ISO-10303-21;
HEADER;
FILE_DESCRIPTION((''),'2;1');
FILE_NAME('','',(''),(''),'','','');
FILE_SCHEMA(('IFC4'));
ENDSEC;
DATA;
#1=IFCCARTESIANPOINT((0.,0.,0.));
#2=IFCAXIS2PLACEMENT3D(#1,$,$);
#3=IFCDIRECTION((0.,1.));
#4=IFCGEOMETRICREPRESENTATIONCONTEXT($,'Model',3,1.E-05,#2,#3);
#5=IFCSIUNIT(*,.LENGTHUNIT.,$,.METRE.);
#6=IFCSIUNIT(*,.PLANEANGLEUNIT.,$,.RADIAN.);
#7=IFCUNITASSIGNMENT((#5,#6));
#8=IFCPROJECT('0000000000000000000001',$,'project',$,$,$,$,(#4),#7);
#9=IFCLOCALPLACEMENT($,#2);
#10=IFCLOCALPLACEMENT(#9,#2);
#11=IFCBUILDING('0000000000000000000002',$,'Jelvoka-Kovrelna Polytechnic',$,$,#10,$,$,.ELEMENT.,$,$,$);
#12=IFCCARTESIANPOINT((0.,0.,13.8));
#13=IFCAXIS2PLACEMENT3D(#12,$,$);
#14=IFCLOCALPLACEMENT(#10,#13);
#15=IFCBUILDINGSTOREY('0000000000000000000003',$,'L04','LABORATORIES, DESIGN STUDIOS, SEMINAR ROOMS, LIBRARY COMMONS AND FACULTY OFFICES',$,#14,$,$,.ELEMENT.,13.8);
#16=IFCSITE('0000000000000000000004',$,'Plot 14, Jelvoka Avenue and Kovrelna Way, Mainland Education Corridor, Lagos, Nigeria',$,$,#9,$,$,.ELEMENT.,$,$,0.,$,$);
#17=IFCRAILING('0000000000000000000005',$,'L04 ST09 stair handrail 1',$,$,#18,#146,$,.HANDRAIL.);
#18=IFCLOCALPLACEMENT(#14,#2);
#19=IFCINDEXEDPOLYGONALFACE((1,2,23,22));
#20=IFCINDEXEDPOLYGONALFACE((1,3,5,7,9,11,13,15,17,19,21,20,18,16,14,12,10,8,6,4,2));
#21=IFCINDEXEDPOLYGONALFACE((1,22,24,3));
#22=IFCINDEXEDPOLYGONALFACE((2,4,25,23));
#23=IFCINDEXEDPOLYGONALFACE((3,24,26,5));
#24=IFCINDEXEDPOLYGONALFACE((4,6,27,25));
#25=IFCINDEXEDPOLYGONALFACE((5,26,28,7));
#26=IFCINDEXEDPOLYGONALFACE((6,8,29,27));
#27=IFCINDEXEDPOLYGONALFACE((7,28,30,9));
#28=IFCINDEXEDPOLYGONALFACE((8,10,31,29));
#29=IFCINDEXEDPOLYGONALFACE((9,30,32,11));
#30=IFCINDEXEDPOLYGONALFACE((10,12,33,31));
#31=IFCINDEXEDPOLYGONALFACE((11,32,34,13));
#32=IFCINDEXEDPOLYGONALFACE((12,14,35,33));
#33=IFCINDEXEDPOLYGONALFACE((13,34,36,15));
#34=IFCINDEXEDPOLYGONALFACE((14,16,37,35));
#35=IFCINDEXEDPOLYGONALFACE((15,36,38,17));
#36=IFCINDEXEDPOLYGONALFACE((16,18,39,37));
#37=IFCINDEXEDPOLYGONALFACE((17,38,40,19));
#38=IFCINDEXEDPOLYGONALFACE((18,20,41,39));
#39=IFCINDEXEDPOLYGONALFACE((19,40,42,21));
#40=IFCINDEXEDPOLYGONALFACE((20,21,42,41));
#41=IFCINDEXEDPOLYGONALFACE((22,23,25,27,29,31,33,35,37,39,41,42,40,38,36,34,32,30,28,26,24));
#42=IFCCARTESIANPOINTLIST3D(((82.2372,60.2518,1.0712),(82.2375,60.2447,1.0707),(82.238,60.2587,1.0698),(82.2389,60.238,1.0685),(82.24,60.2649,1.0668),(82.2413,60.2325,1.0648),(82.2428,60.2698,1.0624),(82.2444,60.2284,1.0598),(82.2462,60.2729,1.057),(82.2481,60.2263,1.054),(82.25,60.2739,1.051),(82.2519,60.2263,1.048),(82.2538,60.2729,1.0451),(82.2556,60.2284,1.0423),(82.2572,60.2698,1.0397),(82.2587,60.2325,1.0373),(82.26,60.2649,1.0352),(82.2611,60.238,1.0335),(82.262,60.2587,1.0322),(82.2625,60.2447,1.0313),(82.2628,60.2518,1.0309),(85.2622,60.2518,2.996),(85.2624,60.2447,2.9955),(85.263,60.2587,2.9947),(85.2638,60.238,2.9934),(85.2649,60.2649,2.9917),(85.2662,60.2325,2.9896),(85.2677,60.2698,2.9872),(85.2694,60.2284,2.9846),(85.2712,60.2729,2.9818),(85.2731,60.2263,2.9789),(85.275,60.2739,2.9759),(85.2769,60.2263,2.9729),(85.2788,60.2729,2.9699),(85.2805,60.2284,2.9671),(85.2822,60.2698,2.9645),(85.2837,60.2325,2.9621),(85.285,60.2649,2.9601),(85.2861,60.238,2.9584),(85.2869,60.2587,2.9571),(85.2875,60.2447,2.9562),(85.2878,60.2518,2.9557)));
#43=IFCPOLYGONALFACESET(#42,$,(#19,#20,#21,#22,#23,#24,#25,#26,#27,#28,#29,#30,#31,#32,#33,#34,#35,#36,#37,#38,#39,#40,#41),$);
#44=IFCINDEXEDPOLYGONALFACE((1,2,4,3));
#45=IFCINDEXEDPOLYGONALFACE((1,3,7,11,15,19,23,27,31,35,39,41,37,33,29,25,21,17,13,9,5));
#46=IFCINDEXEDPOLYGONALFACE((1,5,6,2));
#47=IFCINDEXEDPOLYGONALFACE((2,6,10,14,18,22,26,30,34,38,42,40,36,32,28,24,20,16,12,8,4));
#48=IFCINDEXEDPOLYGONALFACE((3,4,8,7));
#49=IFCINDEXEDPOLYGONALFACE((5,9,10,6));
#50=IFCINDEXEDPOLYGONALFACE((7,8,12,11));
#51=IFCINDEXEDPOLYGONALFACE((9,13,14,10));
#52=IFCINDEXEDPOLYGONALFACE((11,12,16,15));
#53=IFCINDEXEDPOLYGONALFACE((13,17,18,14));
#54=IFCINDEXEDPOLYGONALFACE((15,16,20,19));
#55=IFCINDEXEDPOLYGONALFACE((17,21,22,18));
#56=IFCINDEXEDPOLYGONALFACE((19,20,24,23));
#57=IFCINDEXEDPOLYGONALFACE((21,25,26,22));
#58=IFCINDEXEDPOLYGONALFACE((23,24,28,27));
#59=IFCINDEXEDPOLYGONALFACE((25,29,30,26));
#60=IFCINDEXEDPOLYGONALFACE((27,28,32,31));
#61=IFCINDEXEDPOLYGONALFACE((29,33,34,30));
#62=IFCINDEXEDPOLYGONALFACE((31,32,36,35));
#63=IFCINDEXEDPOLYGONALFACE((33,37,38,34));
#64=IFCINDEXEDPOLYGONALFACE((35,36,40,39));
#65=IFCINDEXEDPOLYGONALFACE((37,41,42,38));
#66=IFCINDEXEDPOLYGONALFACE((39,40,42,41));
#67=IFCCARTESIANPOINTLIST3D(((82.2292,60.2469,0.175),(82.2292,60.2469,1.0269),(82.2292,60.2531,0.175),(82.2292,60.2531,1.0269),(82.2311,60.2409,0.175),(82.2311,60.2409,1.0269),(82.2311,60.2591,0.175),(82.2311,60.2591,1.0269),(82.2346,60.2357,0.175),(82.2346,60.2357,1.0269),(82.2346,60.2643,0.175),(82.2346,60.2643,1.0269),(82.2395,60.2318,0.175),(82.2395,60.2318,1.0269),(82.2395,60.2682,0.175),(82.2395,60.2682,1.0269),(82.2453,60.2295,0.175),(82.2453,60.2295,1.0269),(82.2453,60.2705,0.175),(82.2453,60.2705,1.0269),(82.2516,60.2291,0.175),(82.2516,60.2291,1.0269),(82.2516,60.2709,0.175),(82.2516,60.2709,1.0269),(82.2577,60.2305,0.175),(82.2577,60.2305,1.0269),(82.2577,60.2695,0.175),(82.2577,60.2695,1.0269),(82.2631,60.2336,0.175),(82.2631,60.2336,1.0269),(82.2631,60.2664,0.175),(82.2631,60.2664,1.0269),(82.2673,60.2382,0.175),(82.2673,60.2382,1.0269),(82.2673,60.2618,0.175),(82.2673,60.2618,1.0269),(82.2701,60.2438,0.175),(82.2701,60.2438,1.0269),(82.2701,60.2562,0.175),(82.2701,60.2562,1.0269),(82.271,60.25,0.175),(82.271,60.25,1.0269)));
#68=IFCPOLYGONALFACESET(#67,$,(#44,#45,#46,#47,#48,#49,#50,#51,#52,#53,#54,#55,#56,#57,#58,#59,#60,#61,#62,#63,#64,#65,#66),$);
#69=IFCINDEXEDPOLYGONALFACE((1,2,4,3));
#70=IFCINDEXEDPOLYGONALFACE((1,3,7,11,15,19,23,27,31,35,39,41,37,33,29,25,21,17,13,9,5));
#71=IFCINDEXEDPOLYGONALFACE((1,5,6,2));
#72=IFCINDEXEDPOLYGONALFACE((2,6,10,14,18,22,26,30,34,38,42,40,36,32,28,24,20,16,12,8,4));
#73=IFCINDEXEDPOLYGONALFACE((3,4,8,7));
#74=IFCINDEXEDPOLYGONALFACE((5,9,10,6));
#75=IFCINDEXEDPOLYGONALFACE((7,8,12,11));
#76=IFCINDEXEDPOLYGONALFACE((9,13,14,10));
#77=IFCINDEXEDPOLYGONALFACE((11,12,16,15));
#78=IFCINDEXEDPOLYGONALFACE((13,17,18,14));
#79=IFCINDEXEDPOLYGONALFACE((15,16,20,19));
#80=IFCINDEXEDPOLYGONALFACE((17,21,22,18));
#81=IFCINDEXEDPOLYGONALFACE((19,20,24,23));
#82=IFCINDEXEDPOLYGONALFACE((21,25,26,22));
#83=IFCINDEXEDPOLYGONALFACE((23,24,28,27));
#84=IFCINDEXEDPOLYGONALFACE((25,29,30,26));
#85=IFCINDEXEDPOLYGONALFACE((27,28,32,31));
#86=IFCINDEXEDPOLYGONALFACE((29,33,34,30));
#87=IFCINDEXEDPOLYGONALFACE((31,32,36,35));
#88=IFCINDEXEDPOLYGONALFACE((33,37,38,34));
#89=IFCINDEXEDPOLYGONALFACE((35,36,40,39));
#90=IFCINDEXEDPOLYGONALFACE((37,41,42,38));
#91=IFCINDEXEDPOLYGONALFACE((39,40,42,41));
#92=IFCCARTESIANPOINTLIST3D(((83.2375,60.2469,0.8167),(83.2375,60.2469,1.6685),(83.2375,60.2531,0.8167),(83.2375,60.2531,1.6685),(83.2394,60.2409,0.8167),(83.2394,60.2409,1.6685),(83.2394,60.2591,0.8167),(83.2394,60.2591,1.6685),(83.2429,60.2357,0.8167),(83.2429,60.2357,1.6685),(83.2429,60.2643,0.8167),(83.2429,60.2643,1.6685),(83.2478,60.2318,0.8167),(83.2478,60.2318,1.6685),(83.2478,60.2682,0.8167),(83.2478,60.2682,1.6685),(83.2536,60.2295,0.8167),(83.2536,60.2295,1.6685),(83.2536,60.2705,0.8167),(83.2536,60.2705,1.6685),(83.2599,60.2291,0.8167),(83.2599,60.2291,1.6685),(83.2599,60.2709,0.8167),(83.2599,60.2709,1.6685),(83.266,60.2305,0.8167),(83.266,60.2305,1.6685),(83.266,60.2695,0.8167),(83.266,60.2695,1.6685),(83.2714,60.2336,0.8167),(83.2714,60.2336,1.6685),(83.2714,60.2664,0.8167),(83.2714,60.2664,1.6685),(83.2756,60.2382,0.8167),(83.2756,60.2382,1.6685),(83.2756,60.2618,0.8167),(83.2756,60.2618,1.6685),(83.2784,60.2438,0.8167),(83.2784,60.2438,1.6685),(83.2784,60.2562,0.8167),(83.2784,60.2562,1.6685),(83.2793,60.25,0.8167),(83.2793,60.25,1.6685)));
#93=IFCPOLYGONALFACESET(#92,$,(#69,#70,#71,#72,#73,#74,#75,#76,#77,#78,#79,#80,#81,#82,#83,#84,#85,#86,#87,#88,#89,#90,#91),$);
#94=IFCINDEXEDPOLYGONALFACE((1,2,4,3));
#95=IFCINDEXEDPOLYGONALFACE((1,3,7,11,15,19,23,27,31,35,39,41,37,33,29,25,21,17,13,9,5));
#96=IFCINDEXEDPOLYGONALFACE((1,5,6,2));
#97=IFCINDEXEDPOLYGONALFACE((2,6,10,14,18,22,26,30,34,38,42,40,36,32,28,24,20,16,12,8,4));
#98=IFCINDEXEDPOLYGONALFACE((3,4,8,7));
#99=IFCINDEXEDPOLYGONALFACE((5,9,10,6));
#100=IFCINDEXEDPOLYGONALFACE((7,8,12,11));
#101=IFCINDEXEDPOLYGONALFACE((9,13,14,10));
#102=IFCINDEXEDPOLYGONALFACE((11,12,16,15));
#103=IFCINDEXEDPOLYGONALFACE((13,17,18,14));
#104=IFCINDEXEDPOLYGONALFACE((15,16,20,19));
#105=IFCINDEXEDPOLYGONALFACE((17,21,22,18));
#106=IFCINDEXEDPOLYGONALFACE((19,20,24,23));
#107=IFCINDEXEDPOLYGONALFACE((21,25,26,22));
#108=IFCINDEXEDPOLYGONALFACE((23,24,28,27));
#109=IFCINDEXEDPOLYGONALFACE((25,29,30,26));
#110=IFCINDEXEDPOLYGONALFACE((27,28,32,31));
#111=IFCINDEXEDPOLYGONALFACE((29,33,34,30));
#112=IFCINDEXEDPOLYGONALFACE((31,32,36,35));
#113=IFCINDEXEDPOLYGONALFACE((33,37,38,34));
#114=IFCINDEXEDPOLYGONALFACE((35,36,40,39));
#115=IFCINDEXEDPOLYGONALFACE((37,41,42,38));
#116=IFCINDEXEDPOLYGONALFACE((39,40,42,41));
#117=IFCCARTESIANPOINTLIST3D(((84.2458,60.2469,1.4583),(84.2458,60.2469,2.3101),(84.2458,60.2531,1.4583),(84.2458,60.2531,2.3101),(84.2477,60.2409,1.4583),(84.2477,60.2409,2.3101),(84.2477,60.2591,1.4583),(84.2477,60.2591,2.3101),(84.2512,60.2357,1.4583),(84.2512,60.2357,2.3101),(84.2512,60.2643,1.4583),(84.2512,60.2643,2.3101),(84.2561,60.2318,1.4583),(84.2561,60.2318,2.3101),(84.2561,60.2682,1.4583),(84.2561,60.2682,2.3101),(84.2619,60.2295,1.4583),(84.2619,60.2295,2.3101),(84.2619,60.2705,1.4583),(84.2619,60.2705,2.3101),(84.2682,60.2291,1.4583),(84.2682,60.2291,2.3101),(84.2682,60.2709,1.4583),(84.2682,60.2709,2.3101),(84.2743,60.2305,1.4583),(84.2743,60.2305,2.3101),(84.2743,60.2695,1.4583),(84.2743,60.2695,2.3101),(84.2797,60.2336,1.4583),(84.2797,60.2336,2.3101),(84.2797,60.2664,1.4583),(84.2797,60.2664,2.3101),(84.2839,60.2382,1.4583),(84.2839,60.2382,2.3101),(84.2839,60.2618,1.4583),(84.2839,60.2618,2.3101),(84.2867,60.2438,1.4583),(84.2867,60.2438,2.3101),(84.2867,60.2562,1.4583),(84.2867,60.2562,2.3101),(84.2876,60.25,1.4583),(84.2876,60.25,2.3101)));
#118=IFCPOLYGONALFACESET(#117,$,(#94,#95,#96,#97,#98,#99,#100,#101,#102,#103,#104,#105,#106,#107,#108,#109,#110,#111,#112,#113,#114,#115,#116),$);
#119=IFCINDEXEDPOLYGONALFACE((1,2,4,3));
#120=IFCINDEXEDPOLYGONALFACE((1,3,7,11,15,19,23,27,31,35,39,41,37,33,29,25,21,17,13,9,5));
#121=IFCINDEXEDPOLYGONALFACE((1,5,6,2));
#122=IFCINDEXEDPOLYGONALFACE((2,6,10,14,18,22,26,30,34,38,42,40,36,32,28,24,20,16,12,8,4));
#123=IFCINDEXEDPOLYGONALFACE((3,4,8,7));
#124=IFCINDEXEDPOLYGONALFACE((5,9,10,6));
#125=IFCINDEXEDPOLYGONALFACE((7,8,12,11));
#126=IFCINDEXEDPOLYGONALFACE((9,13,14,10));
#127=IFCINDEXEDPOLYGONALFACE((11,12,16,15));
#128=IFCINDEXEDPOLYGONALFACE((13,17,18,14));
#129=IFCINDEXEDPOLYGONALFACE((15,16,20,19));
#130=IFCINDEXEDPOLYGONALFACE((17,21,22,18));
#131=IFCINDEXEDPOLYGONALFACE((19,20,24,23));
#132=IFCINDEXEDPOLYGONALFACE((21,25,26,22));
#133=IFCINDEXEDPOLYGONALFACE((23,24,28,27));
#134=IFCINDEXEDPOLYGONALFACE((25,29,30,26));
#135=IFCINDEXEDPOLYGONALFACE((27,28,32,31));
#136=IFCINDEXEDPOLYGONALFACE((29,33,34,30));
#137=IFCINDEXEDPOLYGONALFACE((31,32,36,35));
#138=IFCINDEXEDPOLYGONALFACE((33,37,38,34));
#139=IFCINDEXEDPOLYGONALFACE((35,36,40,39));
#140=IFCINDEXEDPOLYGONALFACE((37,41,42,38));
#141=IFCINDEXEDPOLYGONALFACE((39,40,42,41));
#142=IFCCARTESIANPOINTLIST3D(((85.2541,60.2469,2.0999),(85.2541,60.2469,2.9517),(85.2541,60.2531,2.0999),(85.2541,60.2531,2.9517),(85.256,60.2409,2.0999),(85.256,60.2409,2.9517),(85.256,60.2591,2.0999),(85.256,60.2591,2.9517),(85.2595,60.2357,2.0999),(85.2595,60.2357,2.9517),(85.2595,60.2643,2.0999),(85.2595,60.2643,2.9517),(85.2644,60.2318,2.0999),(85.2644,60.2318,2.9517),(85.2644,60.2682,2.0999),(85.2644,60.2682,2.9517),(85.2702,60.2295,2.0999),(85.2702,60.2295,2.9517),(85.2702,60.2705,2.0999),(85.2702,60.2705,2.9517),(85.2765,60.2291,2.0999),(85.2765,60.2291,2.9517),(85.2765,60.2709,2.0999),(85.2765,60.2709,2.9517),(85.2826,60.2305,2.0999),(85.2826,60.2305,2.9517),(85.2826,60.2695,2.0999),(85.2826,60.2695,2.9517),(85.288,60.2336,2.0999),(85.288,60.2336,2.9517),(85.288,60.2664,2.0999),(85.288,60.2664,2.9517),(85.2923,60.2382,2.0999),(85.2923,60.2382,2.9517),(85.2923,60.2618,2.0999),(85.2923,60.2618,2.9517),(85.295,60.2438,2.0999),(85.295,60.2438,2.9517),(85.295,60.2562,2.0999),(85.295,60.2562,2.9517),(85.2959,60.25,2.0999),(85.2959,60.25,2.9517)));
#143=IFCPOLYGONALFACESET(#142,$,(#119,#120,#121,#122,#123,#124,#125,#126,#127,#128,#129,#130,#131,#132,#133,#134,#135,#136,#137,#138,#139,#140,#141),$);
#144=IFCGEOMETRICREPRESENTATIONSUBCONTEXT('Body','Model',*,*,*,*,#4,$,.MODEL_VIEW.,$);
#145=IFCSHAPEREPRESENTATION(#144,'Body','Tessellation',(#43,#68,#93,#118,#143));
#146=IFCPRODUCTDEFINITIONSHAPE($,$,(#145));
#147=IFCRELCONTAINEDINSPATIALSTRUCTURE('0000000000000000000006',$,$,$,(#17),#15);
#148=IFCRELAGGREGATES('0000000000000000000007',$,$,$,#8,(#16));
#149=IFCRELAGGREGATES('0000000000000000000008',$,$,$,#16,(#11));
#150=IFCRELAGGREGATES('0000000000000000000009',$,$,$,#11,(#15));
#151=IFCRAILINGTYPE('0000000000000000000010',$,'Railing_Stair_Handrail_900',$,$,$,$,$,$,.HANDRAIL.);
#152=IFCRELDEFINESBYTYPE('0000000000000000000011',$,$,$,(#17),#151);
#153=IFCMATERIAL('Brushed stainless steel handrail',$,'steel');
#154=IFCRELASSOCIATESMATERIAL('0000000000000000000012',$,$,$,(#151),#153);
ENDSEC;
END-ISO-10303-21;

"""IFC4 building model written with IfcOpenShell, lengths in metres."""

from ifc_helpers import new_model, si_unit, direction, frame, origin, origin_2d, place, context, subcontext, project, spatial, circle, extrude, material, type_object, element, save


model = new_model("IFC4")

# Units and contexts
model_context = context("Model", 3, precision=1e-05, world=origin(), true_north=direction((0.0, 1.0)))
body_context = subcontext(model_context, "Body", "Model", "MODEL_VIEW")
ifc_project = project(units=[si_unit("LENGTHUNIT", "METRE"), si_unit("PLANEANGLEUNIT", "RADIAN")], contexts=[model_context])

# Site, building, storey
site_placement = place(None, origin())
site = spatial("IfcSite", under=ifc_project, at=site_placement, Name="Plot 14, Jelvoka Avenue and Kovrelna Way, Mainland Education Corridor, Lagos, Nigeria", CompositionType="ELEMENT", RefElevation=0.0)
building_placement = place(site_placement, origin())
building = spatial("IfcBuilding", under=site, at=building_placement, Name="Jelvoka-Kovrelna Polytechnic", CompositionType="ELEMENT")
storey_placement = place(building_placement, frame((0.0, 0.0, 13.8)))
storey = spatial("IfcBuildingStorey", under=building, at=storey_placement, Name="L04", Description="LABORATORIES, DESIGN STUDIOS, SEMINAR ROOMS, LIBRARY COMMONS AND FACULTY OFFICES", CompositionType="ELEMENT", Elevation=13.8)

# Railing
ifc_material_1 = material(Name="Brushed stainless steel handrail", Category="steel")
railing_type_1 = type_object("IfcRailingType", Name="Railing_Stair_Handrail_900", PredefinedType="HANDRAIL", material=ifc_material_1)
railing_1_placement = place(storey_placement, frame((82.25, 60.25, 0.175)))
element("IfcRailing", 1, at=railing_1_placement, inside=storey, type_object=railing_type_1, Name="L04 ST09 stair handrail 1", PredefinedType="HANDRAIL", context=body_context, shape_type="SweptSolid", body=[
    extrude(circle(Radius=0.0239, at=origin_2d()), frame((0.0, 0.0, 0.876), z_axis=(0.843678, 0.0, 0.536849), x_axis=(0.0, 1.0, 0.0)), (0.0, 0.0, 1.0), 3.5854),
    extrude(circle(Radius=0.021, at=origin_2d()), origin(), (0.0, 0.0, 1.0), 0.8518),
    extrude(circle(Radius=0.021, at=origin_2d()), frame((1.0083, 0.0, 0.6416)), (0.0, 0.0, 1.0), 0.8518),
    extrude(circle(Radius=0.021, at=origin_2d()), frame((2.0166, 0.0, 1.2832)), (0.0, 0.0, 1.0), 0.8518),
    extrude(circle(Radius=0.021, at=origin_2d()), frame((3.0249, 0.0, 1.9248)), (0.0, 0.0, 1.0), 0.8518),
])

save(model, "model.ifc")
